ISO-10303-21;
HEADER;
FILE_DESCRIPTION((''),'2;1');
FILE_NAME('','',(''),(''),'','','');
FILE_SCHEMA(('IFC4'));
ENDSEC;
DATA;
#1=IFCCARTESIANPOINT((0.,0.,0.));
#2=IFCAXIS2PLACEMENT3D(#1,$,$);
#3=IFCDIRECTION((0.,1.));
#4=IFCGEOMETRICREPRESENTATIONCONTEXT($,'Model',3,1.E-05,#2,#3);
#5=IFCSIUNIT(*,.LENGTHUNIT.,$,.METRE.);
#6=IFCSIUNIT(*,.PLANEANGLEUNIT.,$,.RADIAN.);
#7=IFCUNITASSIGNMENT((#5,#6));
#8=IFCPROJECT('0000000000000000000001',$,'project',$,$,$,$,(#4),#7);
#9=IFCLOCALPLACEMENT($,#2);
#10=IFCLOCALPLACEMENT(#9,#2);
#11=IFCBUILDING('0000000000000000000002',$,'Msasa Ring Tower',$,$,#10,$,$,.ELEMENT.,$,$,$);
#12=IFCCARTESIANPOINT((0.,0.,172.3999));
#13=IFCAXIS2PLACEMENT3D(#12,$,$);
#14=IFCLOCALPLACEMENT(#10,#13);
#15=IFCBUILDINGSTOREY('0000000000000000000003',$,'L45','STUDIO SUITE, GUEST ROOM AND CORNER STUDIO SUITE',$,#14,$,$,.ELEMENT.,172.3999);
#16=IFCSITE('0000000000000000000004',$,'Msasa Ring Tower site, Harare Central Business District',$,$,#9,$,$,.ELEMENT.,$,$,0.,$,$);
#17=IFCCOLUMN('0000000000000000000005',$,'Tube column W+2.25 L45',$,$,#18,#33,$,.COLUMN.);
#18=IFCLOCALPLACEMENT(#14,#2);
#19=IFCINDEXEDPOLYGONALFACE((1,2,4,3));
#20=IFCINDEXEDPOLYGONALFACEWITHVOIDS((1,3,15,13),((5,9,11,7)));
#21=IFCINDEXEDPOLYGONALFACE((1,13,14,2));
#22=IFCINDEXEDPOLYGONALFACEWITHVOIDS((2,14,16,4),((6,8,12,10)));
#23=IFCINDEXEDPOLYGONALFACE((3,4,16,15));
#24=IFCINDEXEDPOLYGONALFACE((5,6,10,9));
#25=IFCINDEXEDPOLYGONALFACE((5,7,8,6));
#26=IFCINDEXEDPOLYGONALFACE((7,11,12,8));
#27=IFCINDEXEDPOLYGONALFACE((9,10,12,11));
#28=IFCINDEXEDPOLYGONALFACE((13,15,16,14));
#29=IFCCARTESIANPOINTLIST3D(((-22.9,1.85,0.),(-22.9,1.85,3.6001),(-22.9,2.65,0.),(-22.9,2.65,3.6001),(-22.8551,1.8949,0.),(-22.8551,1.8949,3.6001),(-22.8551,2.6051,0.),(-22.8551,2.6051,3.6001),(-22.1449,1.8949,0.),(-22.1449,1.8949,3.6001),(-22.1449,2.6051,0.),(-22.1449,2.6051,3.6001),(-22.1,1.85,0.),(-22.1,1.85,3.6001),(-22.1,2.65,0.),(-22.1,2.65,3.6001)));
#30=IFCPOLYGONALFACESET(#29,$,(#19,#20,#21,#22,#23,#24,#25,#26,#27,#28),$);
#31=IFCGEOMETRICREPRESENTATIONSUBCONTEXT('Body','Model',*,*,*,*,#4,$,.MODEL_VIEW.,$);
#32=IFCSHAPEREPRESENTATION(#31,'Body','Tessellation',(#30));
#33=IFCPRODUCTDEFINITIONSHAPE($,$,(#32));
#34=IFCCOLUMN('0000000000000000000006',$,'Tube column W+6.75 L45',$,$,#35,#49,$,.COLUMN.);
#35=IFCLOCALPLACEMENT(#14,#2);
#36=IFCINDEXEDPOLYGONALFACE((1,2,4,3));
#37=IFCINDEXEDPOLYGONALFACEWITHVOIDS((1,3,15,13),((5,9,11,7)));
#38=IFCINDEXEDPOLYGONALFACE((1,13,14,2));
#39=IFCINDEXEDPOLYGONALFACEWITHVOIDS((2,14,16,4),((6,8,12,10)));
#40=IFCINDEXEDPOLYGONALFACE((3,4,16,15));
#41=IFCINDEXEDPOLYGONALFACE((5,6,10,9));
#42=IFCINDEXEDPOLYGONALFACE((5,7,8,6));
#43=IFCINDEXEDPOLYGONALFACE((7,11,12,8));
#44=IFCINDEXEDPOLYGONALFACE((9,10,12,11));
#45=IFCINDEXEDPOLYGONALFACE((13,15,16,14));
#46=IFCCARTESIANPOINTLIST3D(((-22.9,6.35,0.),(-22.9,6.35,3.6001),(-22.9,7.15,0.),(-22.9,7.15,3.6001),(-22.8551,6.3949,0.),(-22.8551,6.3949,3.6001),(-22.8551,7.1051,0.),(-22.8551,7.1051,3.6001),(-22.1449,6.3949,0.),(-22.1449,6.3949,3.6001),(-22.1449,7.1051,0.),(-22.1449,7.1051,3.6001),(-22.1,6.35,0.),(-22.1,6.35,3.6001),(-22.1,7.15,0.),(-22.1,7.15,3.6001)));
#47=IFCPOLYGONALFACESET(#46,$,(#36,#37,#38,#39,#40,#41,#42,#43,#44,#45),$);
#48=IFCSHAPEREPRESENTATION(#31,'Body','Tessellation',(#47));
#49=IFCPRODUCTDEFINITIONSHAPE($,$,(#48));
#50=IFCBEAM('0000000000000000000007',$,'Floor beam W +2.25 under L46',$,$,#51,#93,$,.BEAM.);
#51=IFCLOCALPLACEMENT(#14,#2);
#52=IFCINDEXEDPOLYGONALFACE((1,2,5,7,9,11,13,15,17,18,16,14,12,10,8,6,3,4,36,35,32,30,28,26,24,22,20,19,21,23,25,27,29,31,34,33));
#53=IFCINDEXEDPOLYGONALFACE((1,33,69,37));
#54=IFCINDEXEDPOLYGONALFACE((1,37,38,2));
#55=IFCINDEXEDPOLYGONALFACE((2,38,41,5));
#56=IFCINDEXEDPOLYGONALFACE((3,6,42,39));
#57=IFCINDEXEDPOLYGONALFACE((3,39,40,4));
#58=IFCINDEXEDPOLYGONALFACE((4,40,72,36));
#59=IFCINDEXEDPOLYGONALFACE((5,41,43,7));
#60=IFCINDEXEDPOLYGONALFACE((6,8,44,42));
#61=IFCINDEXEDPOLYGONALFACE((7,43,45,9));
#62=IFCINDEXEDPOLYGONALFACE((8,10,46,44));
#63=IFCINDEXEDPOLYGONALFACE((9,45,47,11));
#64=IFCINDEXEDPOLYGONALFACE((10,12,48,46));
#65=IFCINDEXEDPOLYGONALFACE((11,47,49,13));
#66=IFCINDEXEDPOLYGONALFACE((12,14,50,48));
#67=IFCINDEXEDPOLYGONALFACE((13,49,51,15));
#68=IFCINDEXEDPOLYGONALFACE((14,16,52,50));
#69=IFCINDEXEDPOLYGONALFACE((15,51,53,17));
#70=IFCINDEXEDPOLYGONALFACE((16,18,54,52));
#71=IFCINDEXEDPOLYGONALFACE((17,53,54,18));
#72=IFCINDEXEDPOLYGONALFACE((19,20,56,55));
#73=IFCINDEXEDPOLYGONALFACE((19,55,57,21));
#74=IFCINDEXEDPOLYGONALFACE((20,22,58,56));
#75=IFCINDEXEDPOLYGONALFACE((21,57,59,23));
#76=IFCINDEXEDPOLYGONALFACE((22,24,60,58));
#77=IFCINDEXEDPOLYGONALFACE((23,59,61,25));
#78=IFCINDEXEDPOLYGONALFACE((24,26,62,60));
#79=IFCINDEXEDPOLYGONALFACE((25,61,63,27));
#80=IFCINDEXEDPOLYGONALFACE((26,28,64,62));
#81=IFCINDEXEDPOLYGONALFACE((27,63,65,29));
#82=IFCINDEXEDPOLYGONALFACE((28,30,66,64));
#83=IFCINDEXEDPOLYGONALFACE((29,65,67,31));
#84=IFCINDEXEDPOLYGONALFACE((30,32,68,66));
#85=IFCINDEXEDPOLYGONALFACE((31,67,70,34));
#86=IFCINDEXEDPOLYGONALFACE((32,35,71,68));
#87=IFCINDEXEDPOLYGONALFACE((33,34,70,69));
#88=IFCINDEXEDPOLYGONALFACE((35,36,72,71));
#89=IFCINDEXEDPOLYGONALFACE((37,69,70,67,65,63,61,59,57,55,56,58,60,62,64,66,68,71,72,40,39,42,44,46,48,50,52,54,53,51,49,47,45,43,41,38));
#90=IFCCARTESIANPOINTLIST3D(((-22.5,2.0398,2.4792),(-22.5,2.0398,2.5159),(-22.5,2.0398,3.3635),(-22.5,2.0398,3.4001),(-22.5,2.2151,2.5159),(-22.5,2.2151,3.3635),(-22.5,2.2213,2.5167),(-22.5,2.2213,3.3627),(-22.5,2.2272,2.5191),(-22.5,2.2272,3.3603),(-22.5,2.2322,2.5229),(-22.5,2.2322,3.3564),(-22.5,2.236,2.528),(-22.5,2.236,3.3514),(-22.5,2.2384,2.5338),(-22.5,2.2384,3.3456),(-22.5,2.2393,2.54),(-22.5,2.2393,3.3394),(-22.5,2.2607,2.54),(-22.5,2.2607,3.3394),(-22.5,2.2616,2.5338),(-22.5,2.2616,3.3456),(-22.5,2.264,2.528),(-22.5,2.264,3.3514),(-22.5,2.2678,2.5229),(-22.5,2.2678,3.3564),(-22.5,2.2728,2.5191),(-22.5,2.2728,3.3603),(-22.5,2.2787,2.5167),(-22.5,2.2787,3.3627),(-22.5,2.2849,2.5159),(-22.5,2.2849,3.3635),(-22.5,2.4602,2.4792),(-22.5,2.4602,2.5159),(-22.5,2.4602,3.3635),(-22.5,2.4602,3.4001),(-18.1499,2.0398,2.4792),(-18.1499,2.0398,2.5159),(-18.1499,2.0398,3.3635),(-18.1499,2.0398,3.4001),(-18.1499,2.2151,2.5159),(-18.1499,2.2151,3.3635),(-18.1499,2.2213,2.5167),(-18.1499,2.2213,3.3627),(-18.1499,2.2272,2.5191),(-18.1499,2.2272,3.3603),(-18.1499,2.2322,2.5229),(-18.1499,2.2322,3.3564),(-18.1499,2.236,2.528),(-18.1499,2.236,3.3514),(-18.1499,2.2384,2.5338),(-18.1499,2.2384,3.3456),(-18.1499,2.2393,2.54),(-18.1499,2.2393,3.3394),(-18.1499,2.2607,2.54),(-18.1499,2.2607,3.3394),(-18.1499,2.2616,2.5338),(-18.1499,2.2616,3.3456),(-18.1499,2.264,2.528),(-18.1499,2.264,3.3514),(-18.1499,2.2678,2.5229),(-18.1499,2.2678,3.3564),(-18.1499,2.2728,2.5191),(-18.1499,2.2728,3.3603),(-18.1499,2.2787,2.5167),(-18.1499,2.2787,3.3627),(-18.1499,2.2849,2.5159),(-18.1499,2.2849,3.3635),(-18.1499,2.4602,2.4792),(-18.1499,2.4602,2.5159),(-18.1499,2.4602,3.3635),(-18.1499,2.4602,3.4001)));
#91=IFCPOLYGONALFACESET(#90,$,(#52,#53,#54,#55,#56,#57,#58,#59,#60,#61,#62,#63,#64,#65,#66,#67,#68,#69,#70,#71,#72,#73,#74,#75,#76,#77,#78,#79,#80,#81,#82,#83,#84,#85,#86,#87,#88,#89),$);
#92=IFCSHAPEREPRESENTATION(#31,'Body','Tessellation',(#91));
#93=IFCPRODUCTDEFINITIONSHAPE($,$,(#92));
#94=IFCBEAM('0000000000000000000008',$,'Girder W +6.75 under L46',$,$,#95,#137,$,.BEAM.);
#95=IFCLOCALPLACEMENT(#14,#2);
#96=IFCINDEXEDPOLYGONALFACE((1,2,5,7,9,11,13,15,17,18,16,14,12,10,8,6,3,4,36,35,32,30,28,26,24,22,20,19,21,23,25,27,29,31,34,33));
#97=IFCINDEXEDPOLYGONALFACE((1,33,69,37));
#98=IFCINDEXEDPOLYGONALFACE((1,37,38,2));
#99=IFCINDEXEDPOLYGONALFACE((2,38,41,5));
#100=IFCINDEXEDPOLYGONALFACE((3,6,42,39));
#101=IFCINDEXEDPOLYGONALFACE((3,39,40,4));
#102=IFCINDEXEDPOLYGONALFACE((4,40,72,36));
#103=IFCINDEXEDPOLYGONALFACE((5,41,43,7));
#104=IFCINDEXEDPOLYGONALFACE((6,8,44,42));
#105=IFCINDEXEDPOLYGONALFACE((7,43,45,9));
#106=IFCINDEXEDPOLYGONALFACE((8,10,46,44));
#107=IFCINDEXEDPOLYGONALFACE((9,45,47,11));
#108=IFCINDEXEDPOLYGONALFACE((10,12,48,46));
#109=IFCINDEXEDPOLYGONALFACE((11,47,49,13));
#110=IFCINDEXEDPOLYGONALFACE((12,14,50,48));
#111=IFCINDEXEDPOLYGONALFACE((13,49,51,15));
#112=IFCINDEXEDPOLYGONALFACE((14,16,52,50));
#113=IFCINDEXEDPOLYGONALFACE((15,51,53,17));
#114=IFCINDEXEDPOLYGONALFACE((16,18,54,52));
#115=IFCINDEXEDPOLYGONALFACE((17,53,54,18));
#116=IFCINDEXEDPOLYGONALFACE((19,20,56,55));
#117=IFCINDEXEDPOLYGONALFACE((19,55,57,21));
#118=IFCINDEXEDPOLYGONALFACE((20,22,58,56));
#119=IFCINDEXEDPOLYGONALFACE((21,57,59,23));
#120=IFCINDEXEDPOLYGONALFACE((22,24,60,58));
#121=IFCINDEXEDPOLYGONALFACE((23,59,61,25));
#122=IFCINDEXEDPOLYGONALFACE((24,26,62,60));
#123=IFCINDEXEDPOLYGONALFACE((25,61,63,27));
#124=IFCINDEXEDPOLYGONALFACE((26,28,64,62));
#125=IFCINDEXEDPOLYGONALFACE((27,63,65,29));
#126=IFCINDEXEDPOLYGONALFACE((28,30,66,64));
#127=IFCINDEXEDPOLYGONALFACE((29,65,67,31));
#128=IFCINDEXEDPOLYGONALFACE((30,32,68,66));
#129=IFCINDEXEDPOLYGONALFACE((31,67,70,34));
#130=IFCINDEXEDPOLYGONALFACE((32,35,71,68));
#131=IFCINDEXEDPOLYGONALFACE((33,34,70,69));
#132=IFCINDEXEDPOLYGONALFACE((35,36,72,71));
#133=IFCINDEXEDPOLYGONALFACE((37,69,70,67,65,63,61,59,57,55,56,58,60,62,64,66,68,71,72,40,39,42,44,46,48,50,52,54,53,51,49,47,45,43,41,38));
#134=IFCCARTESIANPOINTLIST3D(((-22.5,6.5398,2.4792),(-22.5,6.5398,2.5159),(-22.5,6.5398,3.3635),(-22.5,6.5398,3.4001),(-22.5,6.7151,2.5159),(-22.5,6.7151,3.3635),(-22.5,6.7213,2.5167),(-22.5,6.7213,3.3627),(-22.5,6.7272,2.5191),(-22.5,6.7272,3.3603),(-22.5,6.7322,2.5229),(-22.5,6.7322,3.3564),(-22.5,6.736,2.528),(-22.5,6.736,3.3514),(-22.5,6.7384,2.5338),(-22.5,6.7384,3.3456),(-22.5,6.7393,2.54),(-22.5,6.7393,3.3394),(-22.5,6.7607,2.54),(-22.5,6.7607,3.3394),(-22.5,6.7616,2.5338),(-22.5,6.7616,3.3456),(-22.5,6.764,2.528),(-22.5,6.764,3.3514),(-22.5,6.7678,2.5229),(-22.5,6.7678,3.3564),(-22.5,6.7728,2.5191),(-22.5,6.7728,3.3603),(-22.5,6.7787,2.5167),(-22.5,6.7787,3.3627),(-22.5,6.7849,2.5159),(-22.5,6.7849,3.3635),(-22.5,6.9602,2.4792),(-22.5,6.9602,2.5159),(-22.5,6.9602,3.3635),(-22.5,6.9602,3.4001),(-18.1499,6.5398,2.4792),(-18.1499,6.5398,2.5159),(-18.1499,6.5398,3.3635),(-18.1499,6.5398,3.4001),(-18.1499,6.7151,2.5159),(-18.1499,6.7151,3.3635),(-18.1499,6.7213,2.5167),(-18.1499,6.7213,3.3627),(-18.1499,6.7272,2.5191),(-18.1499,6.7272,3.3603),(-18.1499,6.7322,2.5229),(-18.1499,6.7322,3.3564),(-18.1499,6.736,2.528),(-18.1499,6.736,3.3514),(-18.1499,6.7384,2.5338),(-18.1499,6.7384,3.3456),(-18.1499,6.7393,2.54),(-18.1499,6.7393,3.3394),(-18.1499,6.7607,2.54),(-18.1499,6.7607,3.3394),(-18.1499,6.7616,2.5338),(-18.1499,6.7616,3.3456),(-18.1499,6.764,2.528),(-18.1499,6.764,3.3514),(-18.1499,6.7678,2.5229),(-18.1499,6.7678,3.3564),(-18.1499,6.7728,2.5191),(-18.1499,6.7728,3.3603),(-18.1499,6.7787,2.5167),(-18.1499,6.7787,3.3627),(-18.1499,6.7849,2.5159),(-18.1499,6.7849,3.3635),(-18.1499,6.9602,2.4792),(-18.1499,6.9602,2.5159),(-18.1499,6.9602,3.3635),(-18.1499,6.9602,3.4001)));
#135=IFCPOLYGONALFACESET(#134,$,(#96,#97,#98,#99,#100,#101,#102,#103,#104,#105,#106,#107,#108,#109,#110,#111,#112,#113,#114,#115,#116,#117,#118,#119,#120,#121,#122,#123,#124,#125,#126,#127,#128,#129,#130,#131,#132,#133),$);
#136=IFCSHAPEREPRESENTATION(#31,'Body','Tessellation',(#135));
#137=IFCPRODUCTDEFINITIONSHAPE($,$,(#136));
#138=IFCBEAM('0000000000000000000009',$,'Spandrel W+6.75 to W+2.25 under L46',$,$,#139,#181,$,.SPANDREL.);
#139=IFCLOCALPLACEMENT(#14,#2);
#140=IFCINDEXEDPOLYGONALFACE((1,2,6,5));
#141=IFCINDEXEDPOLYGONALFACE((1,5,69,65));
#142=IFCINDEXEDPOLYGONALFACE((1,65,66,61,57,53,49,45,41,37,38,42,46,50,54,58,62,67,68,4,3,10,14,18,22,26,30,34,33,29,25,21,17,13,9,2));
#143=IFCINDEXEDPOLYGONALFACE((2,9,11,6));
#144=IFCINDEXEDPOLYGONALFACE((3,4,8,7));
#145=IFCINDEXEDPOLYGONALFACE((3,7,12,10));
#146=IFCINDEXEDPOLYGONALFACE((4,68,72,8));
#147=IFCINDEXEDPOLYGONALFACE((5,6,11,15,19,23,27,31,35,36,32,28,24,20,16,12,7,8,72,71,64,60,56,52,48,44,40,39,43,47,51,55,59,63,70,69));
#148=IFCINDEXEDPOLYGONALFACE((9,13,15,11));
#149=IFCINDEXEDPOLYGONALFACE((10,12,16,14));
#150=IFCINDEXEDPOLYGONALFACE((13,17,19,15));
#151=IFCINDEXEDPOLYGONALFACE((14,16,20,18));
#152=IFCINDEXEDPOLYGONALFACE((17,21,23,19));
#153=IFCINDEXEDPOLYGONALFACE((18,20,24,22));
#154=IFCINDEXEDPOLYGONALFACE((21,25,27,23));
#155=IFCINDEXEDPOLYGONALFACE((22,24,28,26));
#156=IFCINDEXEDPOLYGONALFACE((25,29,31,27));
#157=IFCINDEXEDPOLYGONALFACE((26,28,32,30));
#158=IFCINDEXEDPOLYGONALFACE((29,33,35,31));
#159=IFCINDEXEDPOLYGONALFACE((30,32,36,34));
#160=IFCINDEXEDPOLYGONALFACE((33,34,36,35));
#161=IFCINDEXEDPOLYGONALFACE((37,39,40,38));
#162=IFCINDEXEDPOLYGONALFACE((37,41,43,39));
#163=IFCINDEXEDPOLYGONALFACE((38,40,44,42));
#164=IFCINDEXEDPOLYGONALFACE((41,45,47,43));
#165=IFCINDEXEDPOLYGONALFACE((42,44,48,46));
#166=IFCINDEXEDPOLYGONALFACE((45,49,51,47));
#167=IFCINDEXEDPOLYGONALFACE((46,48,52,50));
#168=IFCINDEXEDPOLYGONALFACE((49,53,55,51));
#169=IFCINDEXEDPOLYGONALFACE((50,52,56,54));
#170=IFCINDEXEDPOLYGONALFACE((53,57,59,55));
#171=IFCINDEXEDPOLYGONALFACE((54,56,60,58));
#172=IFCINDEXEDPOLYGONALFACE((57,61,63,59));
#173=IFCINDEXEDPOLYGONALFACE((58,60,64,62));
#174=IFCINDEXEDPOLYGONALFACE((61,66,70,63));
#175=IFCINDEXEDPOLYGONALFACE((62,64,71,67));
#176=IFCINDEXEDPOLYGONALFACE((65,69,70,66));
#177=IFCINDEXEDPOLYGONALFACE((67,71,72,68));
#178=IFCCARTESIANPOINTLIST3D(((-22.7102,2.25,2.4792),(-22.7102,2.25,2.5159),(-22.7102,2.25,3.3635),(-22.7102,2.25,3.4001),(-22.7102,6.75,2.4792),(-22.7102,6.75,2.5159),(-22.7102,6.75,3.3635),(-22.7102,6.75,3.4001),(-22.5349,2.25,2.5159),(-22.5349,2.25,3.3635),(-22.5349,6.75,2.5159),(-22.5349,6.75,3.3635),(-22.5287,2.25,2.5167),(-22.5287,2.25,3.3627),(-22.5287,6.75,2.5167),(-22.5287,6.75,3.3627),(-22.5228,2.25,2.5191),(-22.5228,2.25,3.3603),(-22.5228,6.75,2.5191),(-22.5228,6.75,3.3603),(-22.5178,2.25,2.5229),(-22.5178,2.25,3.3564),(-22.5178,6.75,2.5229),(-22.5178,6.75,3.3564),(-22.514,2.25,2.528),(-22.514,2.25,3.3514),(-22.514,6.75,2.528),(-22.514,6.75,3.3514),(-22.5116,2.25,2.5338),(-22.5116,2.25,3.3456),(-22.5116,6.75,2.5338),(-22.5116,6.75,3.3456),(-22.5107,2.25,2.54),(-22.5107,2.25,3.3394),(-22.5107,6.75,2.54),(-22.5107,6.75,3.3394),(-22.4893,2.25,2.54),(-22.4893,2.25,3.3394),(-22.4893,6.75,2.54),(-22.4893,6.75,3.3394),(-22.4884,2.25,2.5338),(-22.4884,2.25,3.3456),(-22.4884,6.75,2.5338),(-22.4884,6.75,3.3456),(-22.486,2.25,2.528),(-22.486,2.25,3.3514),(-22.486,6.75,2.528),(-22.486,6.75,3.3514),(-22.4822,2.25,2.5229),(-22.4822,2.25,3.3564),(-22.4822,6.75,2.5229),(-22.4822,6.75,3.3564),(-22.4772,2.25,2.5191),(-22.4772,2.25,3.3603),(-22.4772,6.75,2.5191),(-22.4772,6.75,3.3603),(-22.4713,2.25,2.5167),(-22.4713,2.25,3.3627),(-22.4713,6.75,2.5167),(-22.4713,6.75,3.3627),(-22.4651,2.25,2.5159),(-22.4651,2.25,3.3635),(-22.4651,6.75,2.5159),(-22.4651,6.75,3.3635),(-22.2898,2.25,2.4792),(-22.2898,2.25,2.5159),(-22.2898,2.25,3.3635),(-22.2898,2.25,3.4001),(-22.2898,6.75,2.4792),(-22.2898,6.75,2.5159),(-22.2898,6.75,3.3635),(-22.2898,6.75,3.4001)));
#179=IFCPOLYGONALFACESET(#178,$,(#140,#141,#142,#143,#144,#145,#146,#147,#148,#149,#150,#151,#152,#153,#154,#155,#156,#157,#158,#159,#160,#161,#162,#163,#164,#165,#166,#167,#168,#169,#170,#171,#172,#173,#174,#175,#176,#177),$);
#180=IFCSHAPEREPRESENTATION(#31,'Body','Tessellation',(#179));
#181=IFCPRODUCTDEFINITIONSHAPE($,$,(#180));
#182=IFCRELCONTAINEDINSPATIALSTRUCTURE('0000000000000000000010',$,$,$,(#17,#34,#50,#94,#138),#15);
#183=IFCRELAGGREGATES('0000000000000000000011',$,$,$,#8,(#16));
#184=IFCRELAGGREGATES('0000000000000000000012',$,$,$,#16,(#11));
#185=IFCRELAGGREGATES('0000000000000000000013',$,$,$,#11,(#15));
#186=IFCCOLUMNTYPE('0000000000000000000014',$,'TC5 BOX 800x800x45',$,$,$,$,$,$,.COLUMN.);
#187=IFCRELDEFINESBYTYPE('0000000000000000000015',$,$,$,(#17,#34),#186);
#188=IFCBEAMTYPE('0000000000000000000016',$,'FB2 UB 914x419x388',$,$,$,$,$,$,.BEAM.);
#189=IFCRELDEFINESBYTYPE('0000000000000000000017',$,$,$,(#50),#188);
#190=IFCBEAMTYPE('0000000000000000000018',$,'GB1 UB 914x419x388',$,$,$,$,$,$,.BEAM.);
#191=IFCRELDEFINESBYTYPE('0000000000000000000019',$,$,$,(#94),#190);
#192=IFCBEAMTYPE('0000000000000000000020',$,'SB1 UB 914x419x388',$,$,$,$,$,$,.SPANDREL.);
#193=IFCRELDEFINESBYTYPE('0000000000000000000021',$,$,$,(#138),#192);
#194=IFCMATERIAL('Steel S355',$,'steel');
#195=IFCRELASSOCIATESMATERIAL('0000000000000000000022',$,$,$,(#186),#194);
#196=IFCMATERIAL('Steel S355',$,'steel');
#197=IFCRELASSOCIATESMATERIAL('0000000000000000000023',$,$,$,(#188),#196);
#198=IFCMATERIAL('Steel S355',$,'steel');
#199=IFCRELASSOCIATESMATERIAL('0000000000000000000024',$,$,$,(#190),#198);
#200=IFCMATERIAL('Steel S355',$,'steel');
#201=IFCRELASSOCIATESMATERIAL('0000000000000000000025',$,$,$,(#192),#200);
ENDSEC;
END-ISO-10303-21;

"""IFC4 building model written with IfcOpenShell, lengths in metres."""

from ifc_helpers import new_model, si_unit, direction, frame, origin, origin_2d, place, context, subcontext, project, spatial, hollow_rectangle, i_section, extrude, material, material_profile, profile_set, type_object, element, save


model = new_model("IFC4")

# Units and contexts
model_context = context("Model", 3, precision=1e-05, world=origin(), true_north=direction((0.0, 1.0)))
body_context = subcontext(model_context, "Body", "Model", "MODEL_VIEW")
ifc_project = project(units=[si_unit("LENGTHUNIT", "METRE"), si_unit("PLANEANGLEUNIT", "RADIAN")], contexts=[model_context])

# Site, building, storey
site_placement = place(None, origin())
site = spatial("IfcSite", under=ifc_project, at=site_placement, Name="Msasa Ring Tower site, Harare Central Business District", CompositionType="ELEMENT", RefElevation=0.0)
building_placement = place(site_placement, origin())
building = spatial("IfcBuilding", under=site, at=building_placement, Name="Msasa Ring Tower", CompositionType="ELEMENT")
storey_placement = place(building_placement, frame((0.0, 0.0, 172.3999)))
storey = spatial("IfcBuildingStorey", under=building, at=storey_placement, Name="L45", Description="STUDIO SUITE, GUEST ROOM AND CORNER STUDIO SUITE", CompositionType="ELEMENT", Elevation=172.3999)

# Columns
ifc_material_1 = material(Name="Steel S355", Category="steel")
ifc_material_profile_1 = material_profile(ifc_material_1, hollow_rectangle(XDim=0.8, YDim=0.8, WallThickness=0.0449, at=origin_2d()), Name="BOX 800x800x45")
ifc_profile_set_1 = profile_set([ifc_material_profile_1], Name="Steel S355")
column_type = type_object("IfcColumnType", Name="TC5 BOX 800x800x45", PredefinedType="COLUMN", material=ifc_profile_set_1)
for number, where, z_axis, x_axis, name in (
    (1, (-22.5, 2.25, 0.0), (0.0, 0.0, 1.0), (1.0, 0.0, 0.0), "Tube column W+2.25 L45"),
    (2, (-22.5, 6.75, 0.0), (0.0, 0.0, 1.0), (1.0, 0.0, 0.0), "Tube column W+6.75 L45"),
):
    element("IfcColumn", number, at=place(storey_placement, frame(where, z_axis=z_axis, x_axis=x_axis)), inside=storey, type_object=column_type, Name=name, PredefinedType="COLUMN", context=body_context, shape_type="SweptSolid", body=[
        extrude(hollow_rectangle(XDim=0.8, YDim=0.8, WallThickness=0.0449, at=origin_2d()), origin(), (0.0, 0.0, 1.0), 3.6001),
    ])

# Beams
ifc_material_2 = material(Name="Steel S355", Category="steel")
ifc_material_profile_2 = material_profile(ifc_material_2, i_section(OverallWidth=0.4204, OverallDepth=0.9209, WebThickness=0.0215, FlangeThickness=0.0366, FilletRadius=0.0242, at=origin_2d()), Name="UB 914x419x388")
ifc_profile_set_2 = profile_set([ifc_material_profile_2], Name="Steel S355")
beam_type_1 = type_object("IfcBeamType", Name="FB2 UB 914x419x388", PredefinedType="BEAM", material=ifc_profile_set_2)
beam_1_placement = place(storey_placement, frame((-22.5, 2.25, 2.9397), z_axis=(1.0, 0.0, 0.0), x_axis=(0.0, 1.0, 0.0)))
element("IfcBeam", 3, at=beam_1_placement, inside=storey, type_object=beam_type_1, Name="Floor beam W +2.25 under L46", PredefinedType="BEAM", context=body_context, shape_type="SweptSolid", body=[
    extrude(i_section(OverallWidth=0.4204, OverallDepth=0.9209, WebThickness=0.0215, FlangeThickness=0.0366, FilletRadius=0.0242, at=origin_2d()), origin(), (0.0, 0.0, 1.0), 4.3501),
])
ifc_material_3 = material(Name="Steel S355", Category="steel")
ifc_material_profile_3 = material_profile(ifc_material_3, i_section(OverallWidth=0.4204, OverallDepth=0.9209, WebThickness=0.0215, FlangeThickness=0.0366, FilletRadius=0.0242, at=origin_2d()), Name="UB 914x419x388")
ifc_profile_set_3 = profile_set([ifc_material_profile_3], Name="Steel S355")
beam_type_2 = type_object("IfcBeamType", Name="GB1 UB 914x419x388", PredefinedType="BEAM", material=ifc_profile_set_3)
beam_2_placement = place(storey_placement, frame((-18.1499, 6.75, 2.9397), z_axis=(-1.0, 0.0, 0.0), x_axis=(0.0, -1.0, 0.0)))
element("IfcBeam", 4, at=beam_2_placement, inside=storey, type_object=beam_type_2, Name="Girder W +6.75 under L46", PredefinedType="BEAM", context=body_context, shape_type="SweptSolid", body=[
    extrude(i_section(OverallWidth=0.4204, OverallDepth=0.9209, WebThickness=0.0215, FlangeThickness=0.0366, FilletRadius=0.0242, at=origin_2d()), origin(), (0.0, 0.0, 1.0), 4.3501),
])
ifc_material_4 = material(Name="Steel S355", Category="steel")
ifc_material_profile_4 = material_profile(ifc_material_4, i_section(OverallWidth=0.4204, OverallDepth=0.9209, WebThickness=0.0215, FlangeThickness=0.0366, FilletRadius=0.0242, at=origin_2d()), Name="UB 914x419x388")
ifc_profile_set_4 = profile_set([ifc_material_profile_4], Name="Steel S355")
beam_type_3 = type_object("IfcBeamType", Name="SB1 UB 914x419x388", PredefinedType="SPANDREL", material=ifc_profile_set_4)
for number, where, z_axis, x_axis, name in (
    (5, (-22.5, 6.75, 2.9397), (0.0, -1.0, 0.0), (1.0, 0.0, 0.0), "Spandrel W+6.75 to W+2.25 under L46"),
):
    element("IfcBeam", number, at=place(storey_placement, frame(where, z_axis=z_axis, x_axis=x_axis)), inside=storey, type_object=beam_type_3, Name=name, PredefinedType="SPANDREL", context=body_context, shape_type="SweptSolid", body=[
        extrude(i_section(OverallWidth=0.4204, OverallDepth=0.9209, WebThickness=0.0215, FlangeThickness=0.0366, FilletRadius=0.0242, at=origin_2d()), origin(), (0.0, 0.0, 1.0), 4.5),
    ])

save(model, "model.ifc")
